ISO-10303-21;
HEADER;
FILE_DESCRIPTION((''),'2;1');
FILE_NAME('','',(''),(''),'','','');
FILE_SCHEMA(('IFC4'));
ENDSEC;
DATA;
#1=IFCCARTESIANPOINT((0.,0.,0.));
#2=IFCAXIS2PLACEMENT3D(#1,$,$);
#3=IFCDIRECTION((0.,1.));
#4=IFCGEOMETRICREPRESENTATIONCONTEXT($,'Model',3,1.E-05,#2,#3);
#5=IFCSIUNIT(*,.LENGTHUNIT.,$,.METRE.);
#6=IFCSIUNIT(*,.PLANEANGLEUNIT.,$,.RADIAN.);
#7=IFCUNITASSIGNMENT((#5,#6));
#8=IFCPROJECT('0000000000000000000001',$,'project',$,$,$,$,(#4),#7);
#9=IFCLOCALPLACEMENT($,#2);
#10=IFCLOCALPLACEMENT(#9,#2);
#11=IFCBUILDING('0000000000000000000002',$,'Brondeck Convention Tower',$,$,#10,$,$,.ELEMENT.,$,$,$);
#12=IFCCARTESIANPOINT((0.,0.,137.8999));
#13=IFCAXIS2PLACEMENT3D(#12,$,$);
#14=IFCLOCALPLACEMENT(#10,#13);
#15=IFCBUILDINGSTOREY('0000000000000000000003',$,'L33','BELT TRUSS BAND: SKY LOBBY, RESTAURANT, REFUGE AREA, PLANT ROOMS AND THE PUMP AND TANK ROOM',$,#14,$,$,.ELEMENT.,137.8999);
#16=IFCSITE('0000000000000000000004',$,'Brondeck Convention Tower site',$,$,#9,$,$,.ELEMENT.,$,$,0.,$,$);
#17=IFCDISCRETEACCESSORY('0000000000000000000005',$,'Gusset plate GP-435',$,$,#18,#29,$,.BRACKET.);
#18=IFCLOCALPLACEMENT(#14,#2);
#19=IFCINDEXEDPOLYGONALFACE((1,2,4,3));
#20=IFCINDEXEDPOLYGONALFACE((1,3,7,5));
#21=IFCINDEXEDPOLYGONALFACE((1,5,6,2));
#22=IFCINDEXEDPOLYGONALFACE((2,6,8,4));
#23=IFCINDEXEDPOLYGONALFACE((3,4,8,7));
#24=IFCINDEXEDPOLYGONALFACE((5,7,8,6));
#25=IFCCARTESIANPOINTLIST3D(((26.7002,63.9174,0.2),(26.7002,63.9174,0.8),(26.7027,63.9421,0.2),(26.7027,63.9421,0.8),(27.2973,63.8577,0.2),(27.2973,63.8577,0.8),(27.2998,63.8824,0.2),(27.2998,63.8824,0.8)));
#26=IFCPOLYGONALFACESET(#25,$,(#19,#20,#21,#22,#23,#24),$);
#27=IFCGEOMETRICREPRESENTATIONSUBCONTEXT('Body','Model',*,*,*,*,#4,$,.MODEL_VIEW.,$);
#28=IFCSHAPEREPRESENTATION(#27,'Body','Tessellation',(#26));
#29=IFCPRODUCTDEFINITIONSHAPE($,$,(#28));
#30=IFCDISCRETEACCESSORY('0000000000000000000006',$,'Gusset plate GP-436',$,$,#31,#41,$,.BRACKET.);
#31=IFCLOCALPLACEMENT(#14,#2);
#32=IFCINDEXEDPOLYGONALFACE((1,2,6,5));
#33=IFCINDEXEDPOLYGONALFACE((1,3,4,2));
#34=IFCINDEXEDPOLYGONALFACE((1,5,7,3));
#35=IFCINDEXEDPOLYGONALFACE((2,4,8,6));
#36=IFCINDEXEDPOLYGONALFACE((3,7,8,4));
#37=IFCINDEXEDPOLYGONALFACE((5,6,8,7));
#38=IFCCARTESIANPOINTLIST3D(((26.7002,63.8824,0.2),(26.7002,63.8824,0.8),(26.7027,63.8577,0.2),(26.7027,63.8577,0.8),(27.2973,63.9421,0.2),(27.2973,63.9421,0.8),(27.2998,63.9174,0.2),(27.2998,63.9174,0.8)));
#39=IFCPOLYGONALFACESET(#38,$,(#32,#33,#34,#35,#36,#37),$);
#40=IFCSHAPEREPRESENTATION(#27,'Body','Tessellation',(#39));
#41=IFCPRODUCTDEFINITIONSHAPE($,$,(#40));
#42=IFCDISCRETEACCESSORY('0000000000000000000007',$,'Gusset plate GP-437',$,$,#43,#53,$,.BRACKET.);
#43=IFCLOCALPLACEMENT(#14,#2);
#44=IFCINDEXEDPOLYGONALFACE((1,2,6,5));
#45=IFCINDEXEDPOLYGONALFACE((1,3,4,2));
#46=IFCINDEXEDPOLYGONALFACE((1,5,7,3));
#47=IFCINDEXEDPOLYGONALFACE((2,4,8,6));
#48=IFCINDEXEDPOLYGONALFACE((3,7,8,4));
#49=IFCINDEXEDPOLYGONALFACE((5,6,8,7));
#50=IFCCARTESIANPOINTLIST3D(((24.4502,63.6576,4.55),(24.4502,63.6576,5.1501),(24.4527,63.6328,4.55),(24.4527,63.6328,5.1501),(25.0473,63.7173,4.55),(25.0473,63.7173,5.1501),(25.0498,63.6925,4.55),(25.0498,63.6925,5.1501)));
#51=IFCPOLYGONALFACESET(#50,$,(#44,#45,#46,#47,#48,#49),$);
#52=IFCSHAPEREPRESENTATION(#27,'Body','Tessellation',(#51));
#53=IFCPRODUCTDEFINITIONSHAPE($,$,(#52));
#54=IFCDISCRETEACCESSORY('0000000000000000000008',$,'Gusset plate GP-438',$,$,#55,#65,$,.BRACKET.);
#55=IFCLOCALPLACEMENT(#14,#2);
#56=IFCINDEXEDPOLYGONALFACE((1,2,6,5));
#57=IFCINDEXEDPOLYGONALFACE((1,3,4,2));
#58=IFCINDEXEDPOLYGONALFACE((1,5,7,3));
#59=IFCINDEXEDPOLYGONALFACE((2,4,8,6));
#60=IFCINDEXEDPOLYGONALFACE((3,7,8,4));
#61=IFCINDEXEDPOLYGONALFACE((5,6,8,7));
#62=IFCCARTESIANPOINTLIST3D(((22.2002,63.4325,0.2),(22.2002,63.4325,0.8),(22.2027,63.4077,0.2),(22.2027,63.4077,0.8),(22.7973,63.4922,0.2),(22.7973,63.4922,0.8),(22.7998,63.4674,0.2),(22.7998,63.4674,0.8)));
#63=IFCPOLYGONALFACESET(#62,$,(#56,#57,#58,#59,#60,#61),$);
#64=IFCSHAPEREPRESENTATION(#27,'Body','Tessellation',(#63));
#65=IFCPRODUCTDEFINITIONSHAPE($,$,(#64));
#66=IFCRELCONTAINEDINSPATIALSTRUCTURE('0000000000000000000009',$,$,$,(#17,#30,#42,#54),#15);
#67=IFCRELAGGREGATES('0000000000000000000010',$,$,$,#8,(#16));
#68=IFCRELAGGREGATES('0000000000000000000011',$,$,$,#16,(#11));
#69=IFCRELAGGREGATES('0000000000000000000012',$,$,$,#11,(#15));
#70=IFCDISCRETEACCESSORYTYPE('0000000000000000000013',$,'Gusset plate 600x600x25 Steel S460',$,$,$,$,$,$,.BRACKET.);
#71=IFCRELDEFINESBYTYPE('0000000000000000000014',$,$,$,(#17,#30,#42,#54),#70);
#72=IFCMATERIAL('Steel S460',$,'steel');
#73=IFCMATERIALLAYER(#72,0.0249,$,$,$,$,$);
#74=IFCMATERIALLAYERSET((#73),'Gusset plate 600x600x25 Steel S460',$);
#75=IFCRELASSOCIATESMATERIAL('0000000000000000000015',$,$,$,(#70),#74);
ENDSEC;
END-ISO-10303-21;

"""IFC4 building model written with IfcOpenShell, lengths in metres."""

from ifc_helpers import new_model, si_unit, direction, frame, origin, origin_2d, place, context, subcontext, project, spatial, rectangle, extrude, material, layer, layer_set, type_object, element, save


model = new_model("IFC4")

# Units and contexts
model_context = context("Model", 3, precision=1e-05, world=origin(), true_north=direction((0.0, 1.0)))
body_context = subcontext(model_context, "Body", "Model", "MODEL_VIEW")
ifc_project = project(units=[si_unit("LENGTHUNIT", "METRE"), si_unit("PLANEANGLEUNIT", "RADIAN")], contexts=[model_context])

# Site, building, storey
site_placement = place(None, origin())
site = spatial("IfcSite", under=ifc_project, at=site_placement, Name="Brondeck Convention Tower site", CompositionType="ELEMENT", RefElevation=0.0)
building_placement = place(site_placement, origin())
building = spatial("IfcBuilding", under=site, at=building_placement, Name="Brondeck Convention Tower", CompositionType="ELEMENT")
storey_placement = place(building_placement, frame((0.0, 0.0, 137.8999)))
storey = spatial("IfcBuildingStorey", under=building, at=storey_placement, Name="L33", Description="BELT TRUSS BAND: SKY LOBBY, RESTAURANT, REFUGE AREA, PLANT ROOMS AND THE PUMP AND TANK ROOM", CompositionType="ELEMENT", Elevation=137.8999)

# Shared definitions
ifc_material_1 = material(Name="Steel S460", Category="steel")

# Discrete accessories
ifc_layer_1 = layer(ifc_material_1, 0.0249)
ifc_layer_set_1 = layer_set([ifc_layer_1], Name="Gusset plate 600x600x25 Steel S460")
discrete_accessory_type = type_object("IfcDiscreteAccessoryType", Name="Gusset plate 600x600x25 Steel S460", PredefinedType="BRACKET", material=ifc_layer_set_1)
for number, where, z_axis, x_axis, name in (
    (1, (27.0, 63.8999, 0.2), (0.0, 0.0, 1.0), (-0.995036, 0.099511, 0.0), "Gusset plate GP-435"),
    (2, (27.0, 63.8999, 0.2), (0.0, 0.0, 1.0), (0.995036, 0.099511, 0.0), "Gusset plate GP-436"),
    (3, (24.75, 63.675, 4.55), (0.0, 0.0, 1.0), (0.995036, 0.099511, 0.0), "Gusset plate GP-437"),
    (4, (22.5, 63.45, 0.2), (0.0, 0.0, 1.0), (0.995036, 0.099511, 0.0), "Gusset plate GP-438"),
):
    element("IfcDiscreteAccessory", number, at=place(storey_placement, frame(where, z_axis=z_axis, x_axis=x_axis)), inside=storey, type_object=discrete_accessory_type, Name=name, PredefinedType="BRACKET", context=body_context, shape_type="SweptSolid", body=[
        extrude(rectangle(XDim=0.6001, YDim=0.0249, at=origin_2d()), origin(), (0.0, 0.0, 1.0), 0.6001),
    ])

save(model, "model.ifc")
